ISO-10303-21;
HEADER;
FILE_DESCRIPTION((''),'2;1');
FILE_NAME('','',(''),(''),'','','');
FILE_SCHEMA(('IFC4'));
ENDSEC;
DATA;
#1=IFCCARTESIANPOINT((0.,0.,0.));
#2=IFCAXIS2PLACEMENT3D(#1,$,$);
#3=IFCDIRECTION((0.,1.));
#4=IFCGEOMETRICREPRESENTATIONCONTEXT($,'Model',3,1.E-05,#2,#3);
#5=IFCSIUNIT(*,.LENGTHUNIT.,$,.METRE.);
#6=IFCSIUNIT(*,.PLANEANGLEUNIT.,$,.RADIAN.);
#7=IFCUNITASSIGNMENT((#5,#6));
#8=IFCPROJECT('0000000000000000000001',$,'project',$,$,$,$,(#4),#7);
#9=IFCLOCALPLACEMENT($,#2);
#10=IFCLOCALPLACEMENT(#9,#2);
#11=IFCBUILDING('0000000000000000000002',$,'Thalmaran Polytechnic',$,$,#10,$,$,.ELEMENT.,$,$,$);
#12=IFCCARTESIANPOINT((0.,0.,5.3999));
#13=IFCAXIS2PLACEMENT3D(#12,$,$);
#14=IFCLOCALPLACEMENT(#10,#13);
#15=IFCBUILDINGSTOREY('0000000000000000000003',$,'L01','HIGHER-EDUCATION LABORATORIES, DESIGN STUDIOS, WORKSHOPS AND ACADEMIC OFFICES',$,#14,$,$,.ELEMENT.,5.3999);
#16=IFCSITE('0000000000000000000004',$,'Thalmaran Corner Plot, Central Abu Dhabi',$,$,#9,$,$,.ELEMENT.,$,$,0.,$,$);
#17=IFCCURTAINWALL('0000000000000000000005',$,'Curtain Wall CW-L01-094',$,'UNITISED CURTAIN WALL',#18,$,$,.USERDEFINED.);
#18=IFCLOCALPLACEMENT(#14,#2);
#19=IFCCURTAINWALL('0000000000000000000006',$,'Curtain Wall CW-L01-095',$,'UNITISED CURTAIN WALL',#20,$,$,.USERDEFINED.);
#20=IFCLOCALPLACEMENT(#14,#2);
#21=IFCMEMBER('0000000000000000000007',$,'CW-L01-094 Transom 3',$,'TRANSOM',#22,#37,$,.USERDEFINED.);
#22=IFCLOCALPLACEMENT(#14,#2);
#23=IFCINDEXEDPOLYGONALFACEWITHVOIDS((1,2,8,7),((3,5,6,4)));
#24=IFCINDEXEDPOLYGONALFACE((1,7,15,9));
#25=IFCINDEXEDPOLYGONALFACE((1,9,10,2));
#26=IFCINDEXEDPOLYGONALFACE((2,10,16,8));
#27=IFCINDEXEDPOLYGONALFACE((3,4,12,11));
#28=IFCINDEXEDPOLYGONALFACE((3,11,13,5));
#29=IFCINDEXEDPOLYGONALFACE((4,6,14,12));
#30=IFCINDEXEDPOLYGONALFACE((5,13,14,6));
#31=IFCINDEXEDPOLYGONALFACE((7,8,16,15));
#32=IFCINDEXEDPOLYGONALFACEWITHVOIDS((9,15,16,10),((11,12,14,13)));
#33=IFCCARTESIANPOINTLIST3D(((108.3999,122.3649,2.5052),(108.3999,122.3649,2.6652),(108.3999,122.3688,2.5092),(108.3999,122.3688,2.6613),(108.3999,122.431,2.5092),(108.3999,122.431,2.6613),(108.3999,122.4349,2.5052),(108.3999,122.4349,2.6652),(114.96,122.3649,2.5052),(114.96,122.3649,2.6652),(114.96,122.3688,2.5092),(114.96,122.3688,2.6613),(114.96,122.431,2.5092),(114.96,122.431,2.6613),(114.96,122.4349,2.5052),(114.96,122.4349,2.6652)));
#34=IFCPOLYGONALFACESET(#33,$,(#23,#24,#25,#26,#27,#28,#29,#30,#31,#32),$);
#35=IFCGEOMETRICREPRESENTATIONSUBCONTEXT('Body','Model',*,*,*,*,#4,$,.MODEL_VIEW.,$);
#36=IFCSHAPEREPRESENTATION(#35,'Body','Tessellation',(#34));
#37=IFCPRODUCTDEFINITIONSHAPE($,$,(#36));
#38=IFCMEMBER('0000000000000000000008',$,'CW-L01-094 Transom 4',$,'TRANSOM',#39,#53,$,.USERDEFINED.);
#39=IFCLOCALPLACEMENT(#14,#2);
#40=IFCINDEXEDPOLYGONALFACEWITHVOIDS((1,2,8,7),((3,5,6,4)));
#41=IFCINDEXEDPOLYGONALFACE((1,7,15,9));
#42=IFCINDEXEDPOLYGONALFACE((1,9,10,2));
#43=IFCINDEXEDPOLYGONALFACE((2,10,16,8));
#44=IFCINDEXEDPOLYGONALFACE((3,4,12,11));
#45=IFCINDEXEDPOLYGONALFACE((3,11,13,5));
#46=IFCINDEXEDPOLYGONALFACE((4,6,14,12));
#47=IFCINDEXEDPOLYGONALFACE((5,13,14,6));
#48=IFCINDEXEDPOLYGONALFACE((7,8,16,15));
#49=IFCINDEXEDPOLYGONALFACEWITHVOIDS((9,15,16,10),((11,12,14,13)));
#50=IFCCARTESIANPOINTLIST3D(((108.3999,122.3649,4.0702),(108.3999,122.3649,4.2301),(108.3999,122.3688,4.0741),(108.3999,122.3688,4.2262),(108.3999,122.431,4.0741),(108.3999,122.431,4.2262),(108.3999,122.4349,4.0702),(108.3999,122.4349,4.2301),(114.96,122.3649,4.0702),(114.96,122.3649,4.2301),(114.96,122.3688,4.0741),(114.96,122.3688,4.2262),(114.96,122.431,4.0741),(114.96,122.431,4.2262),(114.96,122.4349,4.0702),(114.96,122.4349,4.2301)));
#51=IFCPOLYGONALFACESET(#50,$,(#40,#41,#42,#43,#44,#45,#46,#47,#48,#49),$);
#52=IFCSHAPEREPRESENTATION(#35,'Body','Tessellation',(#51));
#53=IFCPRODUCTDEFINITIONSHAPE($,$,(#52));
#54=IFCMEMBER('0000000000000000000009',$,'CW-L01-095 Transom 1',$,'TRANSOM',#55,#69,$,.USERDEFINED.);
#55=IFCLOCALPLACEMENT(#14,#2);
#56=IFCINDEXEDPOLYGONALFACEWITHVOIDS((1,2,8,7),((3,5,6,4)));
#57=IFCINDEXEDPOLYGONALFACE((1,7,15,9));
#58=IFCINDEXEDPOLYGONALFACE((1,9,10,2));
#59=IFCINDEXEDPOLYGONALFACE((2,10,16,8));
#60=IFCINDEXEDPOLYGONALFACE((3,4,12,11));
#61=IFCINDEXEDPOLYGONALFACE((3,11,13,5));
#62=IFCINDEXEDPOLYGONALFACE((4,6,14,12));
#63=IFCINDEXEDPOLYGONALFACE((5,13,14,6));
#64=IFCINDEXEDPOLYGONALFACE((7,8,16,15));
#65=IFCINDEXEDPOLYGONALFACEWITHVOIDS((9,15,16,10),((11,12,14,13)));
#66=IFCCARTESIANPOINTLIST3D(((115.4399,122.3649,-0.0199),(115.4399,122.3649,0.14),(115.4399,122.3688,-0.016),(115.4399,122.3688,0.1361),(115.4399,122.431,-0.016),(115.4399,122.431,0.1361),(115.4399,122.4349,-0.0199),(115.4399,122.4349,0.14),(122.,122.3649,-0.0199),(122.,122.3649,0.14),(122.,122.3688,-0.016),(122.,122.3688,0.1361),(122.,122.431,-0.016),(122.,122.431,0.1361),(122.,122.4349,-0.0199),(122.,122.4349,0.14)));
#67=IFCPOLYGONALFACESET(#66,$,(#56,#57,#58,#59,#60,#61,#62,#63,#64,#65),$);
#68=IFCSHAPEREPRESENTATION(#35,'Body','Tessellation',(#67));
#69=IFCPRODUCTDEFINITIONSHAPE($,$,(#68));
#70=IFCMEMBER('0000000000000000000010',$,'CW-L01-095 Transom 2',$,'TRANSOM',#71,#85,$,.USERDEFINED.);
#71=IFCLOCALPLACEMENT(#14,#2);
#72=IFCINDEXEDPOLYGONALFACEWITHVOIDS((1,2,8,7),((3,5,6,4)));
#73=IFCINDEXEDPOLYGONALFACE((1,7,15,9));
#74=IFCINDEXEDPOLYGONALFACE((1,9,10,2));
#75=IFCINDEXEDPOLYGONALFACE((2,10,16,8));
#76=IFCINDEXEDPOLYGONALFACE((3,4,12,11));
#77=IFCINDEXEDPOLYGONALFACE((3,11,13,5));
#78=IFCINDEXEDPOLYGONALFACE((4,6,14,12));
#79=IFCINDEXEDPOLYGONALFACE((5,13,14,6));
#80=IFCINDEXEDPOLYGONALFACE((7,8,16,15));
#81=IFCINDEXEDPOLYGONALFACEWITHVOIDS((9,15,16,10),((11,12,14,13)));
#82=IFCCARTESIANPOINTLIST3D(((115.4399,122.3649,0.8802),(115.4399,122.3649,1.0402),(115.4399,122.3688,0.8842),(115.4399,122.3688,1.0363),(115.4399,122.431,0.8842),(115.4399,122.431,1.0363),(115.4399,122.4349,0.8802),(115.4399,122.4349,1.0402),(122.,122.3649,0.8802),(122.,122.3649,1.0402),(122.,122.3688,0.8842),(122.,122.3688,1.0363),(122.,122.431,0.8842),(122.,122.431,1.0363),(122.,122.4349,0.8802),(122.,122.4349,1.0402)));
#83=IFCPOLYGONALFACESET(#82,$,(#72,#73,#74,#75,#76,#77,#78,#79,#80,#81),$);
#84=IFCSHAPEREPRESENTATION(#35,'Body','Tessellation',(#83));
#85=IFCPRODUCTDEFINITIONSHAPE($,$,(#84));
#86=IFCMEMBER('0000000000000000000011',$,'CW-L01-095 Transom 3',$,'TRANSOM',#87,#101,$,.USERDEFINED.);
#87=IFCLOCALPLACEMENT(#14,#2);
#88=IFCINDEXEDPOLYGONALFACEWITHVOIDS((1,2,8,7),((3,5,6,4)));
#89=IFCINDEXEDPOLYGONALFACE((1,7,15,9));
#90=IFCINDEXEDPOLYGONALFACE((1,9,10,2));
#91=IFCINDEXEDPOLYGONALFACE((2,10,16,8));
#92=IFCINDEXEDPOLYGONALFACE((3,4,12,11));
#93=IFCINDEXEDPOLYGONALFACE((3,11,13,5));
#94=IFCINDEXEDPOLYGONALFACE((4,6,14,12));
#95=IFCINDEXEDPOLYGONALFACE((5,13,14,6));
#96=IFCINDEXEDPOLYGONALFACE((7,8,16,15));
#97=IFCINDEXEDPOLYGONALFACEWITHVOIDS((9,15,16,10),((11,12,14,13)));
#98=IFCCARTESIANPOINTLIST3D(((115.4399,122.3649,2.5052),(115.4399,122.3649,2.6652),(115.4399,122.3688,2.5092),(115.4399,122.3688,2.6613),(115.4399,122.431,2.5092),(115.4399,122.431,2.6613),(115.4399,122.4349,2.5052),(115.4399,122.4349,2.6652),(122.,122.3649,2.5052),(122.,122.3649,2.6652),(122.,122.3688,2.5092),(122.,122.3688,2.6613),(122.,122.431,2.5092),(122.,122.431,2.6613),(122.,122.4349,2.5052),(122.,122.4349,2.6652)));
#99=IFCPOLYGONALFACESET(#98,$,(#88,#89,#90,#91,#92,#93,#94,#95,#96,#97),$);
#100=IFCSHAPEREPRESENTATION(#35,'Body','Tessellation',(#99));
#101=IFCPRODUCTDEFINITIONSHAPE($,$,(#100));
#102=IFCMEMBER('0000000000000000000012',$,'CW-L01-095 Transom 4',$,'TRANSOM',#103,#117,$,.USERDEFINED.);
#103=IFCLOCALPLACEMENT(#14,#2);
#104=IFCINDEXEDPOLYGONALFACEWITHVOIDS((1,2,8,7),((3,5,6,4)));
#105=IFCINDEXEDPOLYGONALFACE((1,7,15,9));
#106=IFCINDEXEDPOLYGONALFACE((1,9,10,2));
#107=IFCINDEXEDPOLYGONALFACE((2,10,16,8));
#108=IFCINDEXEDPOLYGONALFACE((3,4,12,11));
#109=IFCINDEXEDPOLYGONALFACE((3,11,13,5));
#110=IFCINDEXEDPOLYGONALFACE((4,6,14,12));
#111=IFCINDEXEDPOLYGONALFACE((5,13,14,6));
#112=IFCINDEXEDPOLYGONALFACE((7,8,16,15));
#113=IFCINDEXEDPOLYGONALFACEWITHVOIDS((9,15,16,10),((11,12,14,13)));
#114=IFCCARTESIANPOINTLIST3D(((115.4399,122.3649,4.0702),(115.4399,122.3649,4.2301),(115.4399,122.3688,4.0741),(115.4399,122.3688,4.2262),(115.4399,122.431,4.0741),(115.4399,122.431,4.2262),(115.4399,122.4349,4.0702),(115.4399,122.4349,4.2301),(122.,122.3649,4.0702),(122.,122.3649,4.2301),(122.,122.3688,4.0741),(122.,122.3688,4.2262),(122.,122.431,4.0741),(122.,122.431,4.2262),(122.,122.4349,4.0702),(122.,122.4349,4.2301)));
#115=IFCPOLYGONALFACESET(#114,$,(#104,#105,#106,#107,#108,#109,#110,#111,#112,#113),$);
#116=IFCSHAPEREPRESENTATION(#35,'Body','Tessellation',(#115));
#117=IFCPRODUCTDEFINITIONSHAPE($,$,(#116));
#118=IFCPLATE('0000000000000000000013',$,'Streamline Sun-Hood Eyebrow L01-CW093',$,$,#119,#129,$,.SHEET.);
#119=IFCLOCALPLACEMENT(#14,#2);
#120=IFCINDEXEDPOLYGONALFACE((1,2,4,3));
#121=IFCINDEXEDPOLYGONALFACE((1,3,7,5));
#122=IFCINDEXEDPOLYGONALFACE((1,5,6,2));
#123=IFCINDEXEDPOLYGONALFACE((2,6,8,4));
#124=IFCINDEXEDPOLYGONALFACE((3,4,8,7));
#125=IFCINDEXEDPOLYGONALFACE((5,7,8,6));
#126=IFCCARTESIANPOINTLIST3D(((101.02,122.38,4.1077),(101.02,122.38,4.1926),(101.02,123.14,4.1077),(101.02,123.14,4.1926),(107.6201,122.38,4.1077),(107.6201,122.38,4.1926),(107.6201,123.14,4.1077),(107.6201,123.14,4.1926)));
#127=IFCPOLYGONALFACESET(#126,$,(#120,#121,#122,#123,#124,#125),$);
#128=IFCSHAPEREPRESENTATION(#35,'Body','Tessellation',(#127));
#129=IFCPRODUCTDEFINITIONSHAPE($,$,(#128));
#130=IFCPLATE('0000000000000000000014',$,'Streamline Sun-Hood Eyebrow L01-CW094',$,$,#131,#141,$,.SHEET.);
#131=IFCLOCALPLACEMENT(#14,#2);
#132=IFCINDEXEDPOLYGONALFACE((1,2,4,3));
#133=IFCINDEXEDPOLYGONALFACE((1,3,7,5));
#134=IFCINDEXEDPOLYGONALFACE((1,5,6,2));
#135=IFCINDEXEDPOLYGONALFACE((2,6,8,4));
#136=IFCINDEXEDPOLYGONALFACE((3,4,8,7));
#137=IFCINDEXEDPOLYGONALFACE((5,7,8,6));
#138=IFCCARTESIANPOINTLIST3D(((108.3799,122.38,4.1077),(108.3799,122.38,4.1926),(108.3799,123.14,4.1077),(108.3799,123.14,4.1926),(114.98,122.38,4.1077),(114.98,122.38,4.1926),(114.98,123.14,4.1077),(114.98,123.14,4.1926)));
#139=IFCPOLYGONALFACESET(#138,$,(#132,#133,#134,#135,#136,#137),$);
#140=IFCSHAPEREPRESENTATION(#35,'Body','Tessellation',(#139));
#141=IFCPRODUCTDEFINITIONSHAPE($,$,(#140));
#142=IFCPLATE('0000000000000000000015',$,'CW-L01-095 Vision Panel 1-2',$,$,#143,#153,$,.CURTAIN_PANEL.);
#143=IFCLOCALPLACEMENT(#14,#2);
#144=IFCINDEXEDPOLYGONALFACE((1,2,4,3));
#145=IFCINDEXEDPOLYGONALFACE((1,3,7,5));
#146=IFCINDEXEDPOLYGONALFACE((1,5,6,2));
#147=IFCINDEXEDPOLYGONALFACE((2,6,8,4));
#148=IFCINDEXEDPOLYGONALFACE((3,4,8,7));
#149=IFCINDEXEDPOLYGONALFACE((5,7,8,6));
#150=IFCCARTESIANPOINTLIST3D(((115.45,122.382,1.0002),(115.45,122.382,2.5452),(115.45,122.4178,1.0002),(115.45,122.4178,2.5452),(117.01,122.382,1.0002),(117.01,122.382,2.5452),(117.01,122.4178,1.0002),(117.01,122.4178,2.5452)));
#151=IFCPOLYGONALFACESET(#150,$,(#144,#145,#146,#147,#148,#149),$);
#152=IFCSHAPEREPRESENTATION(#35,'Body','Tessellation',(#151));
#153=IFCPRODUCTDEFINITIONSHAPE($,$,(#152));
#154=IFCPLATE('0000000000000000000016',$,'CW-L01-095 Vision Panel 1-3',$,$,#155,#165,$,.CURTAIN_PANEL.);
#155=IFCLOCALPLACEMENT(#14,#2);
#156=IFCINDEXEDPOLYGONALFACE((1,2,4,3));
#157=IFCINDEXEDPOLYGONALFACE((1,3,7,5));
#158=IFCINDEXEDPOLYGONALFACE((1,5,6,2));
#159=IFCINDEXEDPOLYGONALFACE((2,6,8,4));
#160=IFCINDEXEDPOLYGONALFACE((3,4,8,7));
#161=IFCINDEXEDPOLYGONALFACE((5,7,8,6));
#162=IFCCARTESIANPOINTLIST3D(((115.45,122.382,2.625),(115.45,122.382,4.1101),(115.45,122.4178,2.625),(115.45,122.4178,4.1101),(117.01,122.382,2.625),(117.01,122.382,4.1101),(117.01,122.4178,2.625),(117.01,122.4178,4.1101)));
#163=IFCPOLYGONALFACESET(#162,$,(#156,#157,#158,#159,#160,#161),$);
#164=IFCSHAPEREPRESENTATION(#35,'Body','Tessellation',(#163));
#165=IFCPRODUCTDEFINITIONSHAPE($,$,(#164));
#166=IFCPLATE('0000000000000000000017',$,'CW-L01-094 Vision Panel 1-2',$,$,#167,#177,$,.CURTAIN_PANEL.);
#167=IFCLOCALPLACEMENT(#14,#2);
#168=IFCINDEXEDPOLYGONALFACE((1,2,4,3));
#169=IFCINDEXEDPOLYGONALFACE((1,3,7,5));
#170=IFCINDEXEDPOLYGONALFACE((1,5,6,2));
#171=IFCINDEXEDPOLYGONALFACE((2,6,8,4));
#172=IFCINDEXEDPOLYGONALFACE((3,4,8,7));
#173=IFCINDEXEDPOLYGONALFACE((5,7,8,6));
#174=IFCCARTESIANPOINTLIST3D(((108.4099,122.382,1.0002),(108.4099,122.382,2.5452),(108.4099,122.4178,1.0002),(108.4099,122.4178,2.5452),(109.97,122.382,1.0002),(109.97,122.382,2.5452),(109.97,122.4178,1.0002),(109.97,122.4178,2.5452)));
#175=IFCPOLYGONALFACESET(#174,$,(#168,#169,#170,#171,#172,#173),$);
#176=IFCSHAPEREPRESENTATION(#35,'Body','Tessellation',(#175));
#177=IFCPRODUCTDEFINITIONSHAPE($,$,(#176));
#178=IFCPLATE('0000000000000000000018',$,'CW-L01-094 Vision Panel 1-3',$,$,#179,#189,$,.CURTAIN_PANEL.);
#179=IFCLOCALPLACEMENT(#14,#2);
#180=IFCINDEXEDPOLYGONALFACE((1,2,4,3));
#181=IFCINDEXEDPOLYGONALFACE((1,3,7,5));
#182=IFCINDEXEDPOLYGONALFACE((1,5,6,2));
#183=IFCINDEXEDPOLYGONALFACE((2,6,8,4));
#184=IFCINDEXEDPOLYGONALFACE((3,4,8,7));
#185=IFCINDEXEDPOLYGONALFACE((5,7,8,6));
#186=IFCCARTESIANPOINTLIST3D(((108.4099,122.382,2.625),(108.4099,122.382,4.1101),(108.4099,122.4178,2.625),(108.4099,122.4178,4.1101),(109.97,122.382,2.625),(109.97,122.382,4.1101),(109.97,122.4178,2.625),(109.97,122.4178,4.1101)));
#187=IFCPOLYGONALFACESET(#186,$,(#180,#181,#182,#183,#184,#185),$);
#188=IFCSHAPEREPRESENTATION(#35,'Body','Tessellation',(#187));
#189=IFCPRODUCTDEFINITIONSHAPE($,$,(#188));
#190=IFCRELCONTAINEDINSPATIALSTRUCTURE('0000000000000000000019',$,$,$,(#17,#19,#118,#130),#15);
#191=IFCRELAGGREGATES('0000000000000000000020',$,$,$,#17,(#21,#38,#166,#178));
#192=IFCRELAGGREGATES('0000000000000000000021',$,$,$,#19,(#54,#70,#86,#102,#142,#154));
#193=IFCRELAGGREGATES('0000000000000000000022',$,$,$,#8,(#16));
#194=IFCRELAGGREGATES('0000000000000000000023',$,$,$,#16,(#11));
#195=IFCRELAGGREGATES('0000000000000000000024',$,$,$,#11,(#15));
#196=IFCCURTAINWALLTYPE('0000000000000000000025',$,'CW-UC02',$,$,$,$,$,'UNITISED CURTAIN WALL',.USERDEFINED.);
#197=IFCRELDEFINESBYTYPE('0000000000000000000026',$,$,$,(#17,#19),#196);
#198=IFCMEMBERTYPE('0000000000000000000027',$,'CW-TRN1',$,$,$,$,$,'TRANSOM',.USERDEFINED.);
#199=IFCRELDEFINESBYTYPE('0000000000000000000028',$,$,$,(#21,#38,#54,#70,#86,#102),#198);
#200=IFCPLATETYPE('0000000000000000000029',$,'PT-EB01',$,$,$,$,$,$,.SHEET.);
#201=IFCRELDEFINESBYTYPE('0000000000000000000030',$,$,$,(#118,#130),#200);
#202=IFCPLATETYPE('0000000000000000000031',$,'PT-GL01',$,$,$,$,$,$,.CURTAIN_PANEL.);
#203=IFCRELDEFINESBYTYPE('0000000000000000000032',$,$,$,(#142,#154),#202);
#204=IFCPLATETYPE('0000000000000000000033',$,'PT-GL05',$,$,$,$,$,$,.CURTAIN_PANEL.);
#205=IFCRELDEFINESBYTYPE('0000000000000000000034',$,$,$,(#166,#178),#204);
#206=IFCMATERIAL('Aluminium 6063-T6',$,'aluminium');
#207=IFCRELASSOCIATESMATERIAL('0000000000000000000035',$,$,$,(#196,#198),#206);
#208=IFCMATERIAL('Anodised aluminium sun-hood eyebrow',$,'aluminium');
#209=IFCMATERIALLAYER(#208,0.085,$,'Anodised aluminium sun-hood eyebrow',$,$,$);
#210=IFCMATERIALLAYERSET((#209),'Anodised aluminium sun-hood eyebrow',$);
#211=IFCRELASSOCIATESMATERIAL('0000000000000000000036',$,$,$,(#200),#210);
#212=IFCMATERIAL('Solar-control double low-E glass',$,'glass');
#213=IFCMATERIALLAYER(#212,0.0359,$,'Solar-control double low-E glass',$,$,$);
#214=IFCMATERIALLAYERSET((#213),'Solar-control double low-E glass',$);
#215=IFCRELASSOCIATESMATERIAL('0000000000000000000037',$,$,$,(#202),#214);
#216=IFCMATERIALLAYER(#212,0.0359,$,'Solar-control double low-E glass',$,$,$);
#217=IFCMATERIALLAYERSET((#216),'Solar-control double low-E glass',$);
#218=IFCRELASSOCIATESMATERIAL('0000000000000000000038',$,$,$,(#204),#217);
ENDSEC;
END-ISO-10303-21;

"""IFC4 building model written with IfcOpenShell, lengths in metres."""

from ifc_helpers import new_model, si_unit, direction, frame, origin, origin_2d, place, context, subcontext, project, spatial, rectangle, hollow_rectangle, extrude, material, layer, layer_set, material_profile, profile_set, type_object, element, aggregate, save


model = new_model("IFC4")

# Units and contexts
model_context = context("Model", 3, precision=1e-05, world=origin(), true_north=direction((0.0, 1.0)))
body_context = subcontext(model_context, "Body", "Model", "MODEL_VIEW")
ifc_project = project(units=[si_unit("LENGTHUNIT", "METRE"), si_unit("PLANEANGLEUNIT", "RADIAN")], contexts=[model_context])

# Site, building, storey
site_placement = place(None, origin())
site = spatial("IfcSite", under=ifc_project, at=site_placement, Name="Thalmaran Corner Plot, Central Abu Dhabi", CompositionType="ELEMENT", RefElevation=0.0)
building_placement = place(site_placement, origin())
building = spatial("IfcBuilding", under=site, at=building_placement, Name="Thalmaran Polytechnic", CompositionType="ELEMENT")
storey_placement = place(building_placement, frame((0.0, 0.0, 5.3999)))
storey = spatial("IfcBuildingStorey", under=building, at=storey_placement, Name="L01", Description="HIGHER-EDUCATION LABORATORIES, DESIGN STUDIOS, WORKSHOPS AND ACADEMIC OFFICES", CompositionType="ELEMENT", Elevation=5.3999)

# Curtain walls
ifc_material_1 = material(Name="Aluminium 6063-T6", Category="aluminium")
curtain_wall_type = type_object("IfcCurtainWallType", Name="CW-UC02", ElementType="UNITISED CURTAIN WALL", PredefinedType="USERDEFINED", material=ifc_material_1)
curtain_wall_1_placement = place(storey_placement, origin())
curtain_wall_1 = element("IfcCurtainWall", 1, at=curtain_wall_1_placement, inside=storey, type_object=curtain_wall_type, Name="Curtain Wall CW-L01-094", ObjectType="UNITISED CURTAIN WALL", PredefinedType="USERDEFINED")
curtain_wall_2_placement = place(storey_placement, origin())
curtain_wall_2 = element("IfcCurtainWall", 2, at=curtain_wall_2_placement, inside=storey, type_object=curtain_wall_type, Name="Curtain Wall CW-L01-095", ObjectType="UNITISED CURTAIN WALL", PredefinedType="USERDEFINED")

# Members
ifc_material_profile_1 = material_profile(ifc_material_1, hollow_rectangle(XDim=0.0701, YDim=0.1599, WallThickness=0.0039, at=origin_2d()), Name="AL 160x70x4.0")
ifc_profile_set_1 = profile_set([ifc_material_profile_1], Name="Aluminium 6063-T6")
member_type_1 = type_object("IfcMemberType", Name="CW-TRN1", ElementType="TRANSOM", PredefinedType="USERDEFINED", material=ifc_profile_set_1)
member_1_placement = place(storey_placement, frame((108.3999, 122.3999, 2.5852), z_axis=(1.0, 0.0, 0.0), x_axis=(0.0, 1.0, 0.0)))
member_1 = element("IfcMember", 3, at=member_1_placement, type_object=member_type_1, Name="CW-L01-094 Transom 3", ObjectType="TRANSOM", PredefinedType="USERDEFINED", context=body_context, shape_type="SweptSolid", body=[
    extrude(hollow_rectangle(XDim=0.0701, YDim=0.1599, WallThickness=0.0039, at=origin_2d()), origin(), (0.0, 0.0, 1.0), 6.5601),
])
member_2_placement = place(storey_placement, frame((108.3999, 122.3999, 4.1501), z_axis=(1.0, 0.0, 0.0), x_axis=(0.0, 1.0, 0.0)))
member_2 = element("IfcMember", 4, at=member_2_placement, type_object=member_type_1, Name="CW-L01-094 Transom 4", ObjectType="TRANSOM", PredefinedType="USERDEFINED", context=body_context, shape_type="SweptSolid", body=[
    extrude(hollow_rectangle(XDim=0.0701, YDim=0.1599, WallThickness=0.0039, at=origin_2d()), origin(), (0.0, 0.0, 1.0), 6.5601),
])
member_3_placement = place(storey_placement, frame((115.4399, 122.3999, 0.0601), z_axis=(1.0, 0.0, 0.0), x_axis=(0.0, 1.0, 0.0)))
member_3 = element("IfcMember", 5, at=member_3_placement, type_object=member_type_1, Name="CW-L01-095 Transom 1", ObjectType="TRANSOM", PredefinedType="USERDEFINED", context=body_context, shape_type="SweptSolid", body=[
    extrude(hollow_rectangle(XDim=0.0701, YDim=0.1599, WallThickness=0.0039, at=origin_2d()), origin(), (0.0, 0.0, 1.0), 6.5601),
])
member_4_placement = place(storey_placement, frame((115.4399, 122.3999, 0.9602), z_axis=(1.0, 0.0, 0.0), x_axis=(0.0, 1.0, 0.0)))
member_4 = element("IfcMember", 6, at=member_4_placement, type_object=member_type_1, Name="CW-L01-095 Transom 2", ObjectType="TRANSOM", PredefinedType="USERDEFINED", context=body_context, shape_type="SweptSolid", body=[
    extrude(hollow_rectangle(XDim=0.0701, YDim=0.1599, WallThickness=0.0039, at=origin_2d()), origin(), (0.0, 0.0, 1.0), 6.5601),
])
member_5_placement = place(storey_placement, frame((115.4399, 122.3999, 2.5852), z_axis=(1.0, 0.0, 0.0), x_axis=(0.0, 1.0, 0.0)))
member_5 = element("IfcMember", 7, at=member_5_placement, type_object=member_type_1, Name="CW-L01-095 Transom 3", ObjectType="TRANSOM", PredefinedType="USERDEFINED", context=body_context, shape_type="SweptSolid", body=[
    extrude(hollow_rectangle(XDim=0.0701, YDim=0.1599, WallThickness=0.0039, at=origin_2d()), origin(), (0.0, 0.0, 1.0), 6.5601),
])
member_6_placement = place(storey_placement, frame((115.4399, 122.3999, 4.1501), z_axis=(1.0, 0.0, 0.0), x_axis=(0.0, 1.0, 0.0)))
member_6 = element("IfcMember", 8, at=member_6_placement, type_object=member_type_1, Name="CW-L01-095 Transom 4", ObjectType="TRANSOM", PredefinedType="USERDEFINED", context=body_context, shape_type="SweptSolid", body=[
    extrude(hollow_rectangle(XDim=0.0701, YDim=0.1599, WallThickness=0.0039, at=origin_2d()), origin(), (0.0, 0.0, 1.0), 6.5601),
])

# Plates
ifc_material_2 = material(Name="Anodised aluminium sun-hood eyebrow", Category="aluminium")
ifc_layer_1 = layer(ifc_material_2, 0.085, Name="Anodised aluminium sun-hood eyebrow")
ifc_layer_set_1 = layer_set([ifc_layer_1], Name="Anodised aluminium sun-hood eyebrow")
plate_type_1 = type_object("IfcPlateType", Name="PT-EB01", PredefinedType="SHEET", material=ifc_layer_set_1)
for number, where, z_axis, x_axis, name in (
    (9, (104.3201, 122.76, 4.1077), (0.0, 0.0, 1.0), (1.0, 0.0, 0.0), "Streamline Sun-Hood Eyebrow L01-CW093"),
    (10, (111.6799, 122.76, 4.1077), (0.0, 0.0, 1.0), (1.0, 0.0, 0.0), "Streamline Sun-Hood Eyebrow L01-CW094"),
):
    element("IfcPlate", number, at=place(storey_placement, frame(where, z_axis=z_axis, x_axis=x_axis)), inside=storey, type_object=plate_type_1, Name=name, PredefinedType="SHEET", context=body_context, shape_type="SweptSolid", body=[
        extrude(rectangle(XDim=6.6001, YDim=0.76, at=origin_2d()), origin(), (0.0, 0.0, 1.0), 0.085),
    ])

# Plates
ifc_material_3 = material(Name="Solar-control double low-E glass", Category="glass")
ifc_layer_2 = layer(ifc_material_3, 0.0359, Name="Solar-control double low-E glass")
ifc_layer_set_2 = layer_set([ifc_layer_2], Name="Solar-control double low-E glass")
plate_type_2 = type_object("IfcPlateType", Name="PT-GL01", PredefinedType="CURTAIN_PANEL", material=ifc_layer_set_2)
plate_1_placement = place(storey_placement, frame((116.23, 122.3999, 1.0002), z_axis=(0.0, 0.0, 1.0), x_axis=(1.0, 0.0, 0.0)))
plate_1 = element("IfcPlate", 11, at=plate_1_placement, type_object=plate_type_2, Name="CW-L01-095 Vision Panel 1-2", PredefinedType="CURTAIN_PANEL", context=body_context, shape_type="SweptSolid", body=[
    extrude(rectangle(XDim=1.5601, YDim=0.0359, at=origin_2d()), origin(), (0.0, 0.0, 1.0), 1.5449),
])
plate_2_placement = place(storey_placement, frame((116.23, 122.3999, 2.625), z_axis=(0.0, 0.0, 1.0), x_axis=(1.0, 0.0, 0.0)))
plate_2 = element("IfcPlate", 12, at=plate_2_placement, type_object=plate_type_2, Name="CW-L01-095 Vision Panel 1-3", PredefinedType="CURTAIN_PANEL", context=body_context, shape_type="SweptSolid", body=[
    extrude(rectangle(XDim=1.5601, YDim=0.0359, at=origin_2d()), origin(), (0.0, 0.0, 1.0), 1.4851),
])
ifc_layer_3 = layer(ifc_material_3, 0.0359, Name="Solar-control double low-E glass")
ifc_layer_set_3 = layer_set([ifc_layer_3], Name="Solar-control double low-E glass")
plate_type_3 = type_object("IfcPlateType", Name="PT-GL05", PredefinedType="CURTAIN_PANEL", material=ifc_layer_set_3)
plate_3_placement = place(storey_placement, frame((109.1899, 122.3999, 1.0002), z_axis=(0.0, 0.0, 1.0), x_axis=(1.0, 0.0, 0.0)))
plate_3 = element("IfcPlate", 13, at=plate_3_placement, type_object=plate_type_3, Name="CW-L01-094 Vision Panel 1-2", PredefinedType="CURTAIN_PANEL", context=body_context, shape_type="SweptSolid", body=[
    extrude(rectangle(XDim=1.5601, YDim=0.0359, at=origin_2d()), origin(), (0.0, 0.0, 1.0), 1.5449),
])
plate_4_placement = place(storey_placement, frame((109.1899, 122.3999, 2.625), z_axis=(0.0, 0.0, 1.0), x_axis=(1.0, 0.0, 0.0)))
plate_4 = element("IfcPlate", 14, at=plate_4_placement, type_object=plate_type_3, Name="CW-L01-094 Vision Panel 1-3", PredefinedType="CURTAIN_PANEL", context=body_context, shape_type="SweptSolid", body=[
    extrude(rectangle(XDim=1.5601, YDim=0.0359, at=origin_2d()), origin(), (0.0, 0.0, 1.0), 1.4851),
])
aggregate(curtain_wall_1, [member_1, member_2, plate_3, plate_4])
aggregate(curtain_wall_2, [member_3, member_4, member_5, member_6, plate_1, plate_2])

save(model, "model.ifc")
